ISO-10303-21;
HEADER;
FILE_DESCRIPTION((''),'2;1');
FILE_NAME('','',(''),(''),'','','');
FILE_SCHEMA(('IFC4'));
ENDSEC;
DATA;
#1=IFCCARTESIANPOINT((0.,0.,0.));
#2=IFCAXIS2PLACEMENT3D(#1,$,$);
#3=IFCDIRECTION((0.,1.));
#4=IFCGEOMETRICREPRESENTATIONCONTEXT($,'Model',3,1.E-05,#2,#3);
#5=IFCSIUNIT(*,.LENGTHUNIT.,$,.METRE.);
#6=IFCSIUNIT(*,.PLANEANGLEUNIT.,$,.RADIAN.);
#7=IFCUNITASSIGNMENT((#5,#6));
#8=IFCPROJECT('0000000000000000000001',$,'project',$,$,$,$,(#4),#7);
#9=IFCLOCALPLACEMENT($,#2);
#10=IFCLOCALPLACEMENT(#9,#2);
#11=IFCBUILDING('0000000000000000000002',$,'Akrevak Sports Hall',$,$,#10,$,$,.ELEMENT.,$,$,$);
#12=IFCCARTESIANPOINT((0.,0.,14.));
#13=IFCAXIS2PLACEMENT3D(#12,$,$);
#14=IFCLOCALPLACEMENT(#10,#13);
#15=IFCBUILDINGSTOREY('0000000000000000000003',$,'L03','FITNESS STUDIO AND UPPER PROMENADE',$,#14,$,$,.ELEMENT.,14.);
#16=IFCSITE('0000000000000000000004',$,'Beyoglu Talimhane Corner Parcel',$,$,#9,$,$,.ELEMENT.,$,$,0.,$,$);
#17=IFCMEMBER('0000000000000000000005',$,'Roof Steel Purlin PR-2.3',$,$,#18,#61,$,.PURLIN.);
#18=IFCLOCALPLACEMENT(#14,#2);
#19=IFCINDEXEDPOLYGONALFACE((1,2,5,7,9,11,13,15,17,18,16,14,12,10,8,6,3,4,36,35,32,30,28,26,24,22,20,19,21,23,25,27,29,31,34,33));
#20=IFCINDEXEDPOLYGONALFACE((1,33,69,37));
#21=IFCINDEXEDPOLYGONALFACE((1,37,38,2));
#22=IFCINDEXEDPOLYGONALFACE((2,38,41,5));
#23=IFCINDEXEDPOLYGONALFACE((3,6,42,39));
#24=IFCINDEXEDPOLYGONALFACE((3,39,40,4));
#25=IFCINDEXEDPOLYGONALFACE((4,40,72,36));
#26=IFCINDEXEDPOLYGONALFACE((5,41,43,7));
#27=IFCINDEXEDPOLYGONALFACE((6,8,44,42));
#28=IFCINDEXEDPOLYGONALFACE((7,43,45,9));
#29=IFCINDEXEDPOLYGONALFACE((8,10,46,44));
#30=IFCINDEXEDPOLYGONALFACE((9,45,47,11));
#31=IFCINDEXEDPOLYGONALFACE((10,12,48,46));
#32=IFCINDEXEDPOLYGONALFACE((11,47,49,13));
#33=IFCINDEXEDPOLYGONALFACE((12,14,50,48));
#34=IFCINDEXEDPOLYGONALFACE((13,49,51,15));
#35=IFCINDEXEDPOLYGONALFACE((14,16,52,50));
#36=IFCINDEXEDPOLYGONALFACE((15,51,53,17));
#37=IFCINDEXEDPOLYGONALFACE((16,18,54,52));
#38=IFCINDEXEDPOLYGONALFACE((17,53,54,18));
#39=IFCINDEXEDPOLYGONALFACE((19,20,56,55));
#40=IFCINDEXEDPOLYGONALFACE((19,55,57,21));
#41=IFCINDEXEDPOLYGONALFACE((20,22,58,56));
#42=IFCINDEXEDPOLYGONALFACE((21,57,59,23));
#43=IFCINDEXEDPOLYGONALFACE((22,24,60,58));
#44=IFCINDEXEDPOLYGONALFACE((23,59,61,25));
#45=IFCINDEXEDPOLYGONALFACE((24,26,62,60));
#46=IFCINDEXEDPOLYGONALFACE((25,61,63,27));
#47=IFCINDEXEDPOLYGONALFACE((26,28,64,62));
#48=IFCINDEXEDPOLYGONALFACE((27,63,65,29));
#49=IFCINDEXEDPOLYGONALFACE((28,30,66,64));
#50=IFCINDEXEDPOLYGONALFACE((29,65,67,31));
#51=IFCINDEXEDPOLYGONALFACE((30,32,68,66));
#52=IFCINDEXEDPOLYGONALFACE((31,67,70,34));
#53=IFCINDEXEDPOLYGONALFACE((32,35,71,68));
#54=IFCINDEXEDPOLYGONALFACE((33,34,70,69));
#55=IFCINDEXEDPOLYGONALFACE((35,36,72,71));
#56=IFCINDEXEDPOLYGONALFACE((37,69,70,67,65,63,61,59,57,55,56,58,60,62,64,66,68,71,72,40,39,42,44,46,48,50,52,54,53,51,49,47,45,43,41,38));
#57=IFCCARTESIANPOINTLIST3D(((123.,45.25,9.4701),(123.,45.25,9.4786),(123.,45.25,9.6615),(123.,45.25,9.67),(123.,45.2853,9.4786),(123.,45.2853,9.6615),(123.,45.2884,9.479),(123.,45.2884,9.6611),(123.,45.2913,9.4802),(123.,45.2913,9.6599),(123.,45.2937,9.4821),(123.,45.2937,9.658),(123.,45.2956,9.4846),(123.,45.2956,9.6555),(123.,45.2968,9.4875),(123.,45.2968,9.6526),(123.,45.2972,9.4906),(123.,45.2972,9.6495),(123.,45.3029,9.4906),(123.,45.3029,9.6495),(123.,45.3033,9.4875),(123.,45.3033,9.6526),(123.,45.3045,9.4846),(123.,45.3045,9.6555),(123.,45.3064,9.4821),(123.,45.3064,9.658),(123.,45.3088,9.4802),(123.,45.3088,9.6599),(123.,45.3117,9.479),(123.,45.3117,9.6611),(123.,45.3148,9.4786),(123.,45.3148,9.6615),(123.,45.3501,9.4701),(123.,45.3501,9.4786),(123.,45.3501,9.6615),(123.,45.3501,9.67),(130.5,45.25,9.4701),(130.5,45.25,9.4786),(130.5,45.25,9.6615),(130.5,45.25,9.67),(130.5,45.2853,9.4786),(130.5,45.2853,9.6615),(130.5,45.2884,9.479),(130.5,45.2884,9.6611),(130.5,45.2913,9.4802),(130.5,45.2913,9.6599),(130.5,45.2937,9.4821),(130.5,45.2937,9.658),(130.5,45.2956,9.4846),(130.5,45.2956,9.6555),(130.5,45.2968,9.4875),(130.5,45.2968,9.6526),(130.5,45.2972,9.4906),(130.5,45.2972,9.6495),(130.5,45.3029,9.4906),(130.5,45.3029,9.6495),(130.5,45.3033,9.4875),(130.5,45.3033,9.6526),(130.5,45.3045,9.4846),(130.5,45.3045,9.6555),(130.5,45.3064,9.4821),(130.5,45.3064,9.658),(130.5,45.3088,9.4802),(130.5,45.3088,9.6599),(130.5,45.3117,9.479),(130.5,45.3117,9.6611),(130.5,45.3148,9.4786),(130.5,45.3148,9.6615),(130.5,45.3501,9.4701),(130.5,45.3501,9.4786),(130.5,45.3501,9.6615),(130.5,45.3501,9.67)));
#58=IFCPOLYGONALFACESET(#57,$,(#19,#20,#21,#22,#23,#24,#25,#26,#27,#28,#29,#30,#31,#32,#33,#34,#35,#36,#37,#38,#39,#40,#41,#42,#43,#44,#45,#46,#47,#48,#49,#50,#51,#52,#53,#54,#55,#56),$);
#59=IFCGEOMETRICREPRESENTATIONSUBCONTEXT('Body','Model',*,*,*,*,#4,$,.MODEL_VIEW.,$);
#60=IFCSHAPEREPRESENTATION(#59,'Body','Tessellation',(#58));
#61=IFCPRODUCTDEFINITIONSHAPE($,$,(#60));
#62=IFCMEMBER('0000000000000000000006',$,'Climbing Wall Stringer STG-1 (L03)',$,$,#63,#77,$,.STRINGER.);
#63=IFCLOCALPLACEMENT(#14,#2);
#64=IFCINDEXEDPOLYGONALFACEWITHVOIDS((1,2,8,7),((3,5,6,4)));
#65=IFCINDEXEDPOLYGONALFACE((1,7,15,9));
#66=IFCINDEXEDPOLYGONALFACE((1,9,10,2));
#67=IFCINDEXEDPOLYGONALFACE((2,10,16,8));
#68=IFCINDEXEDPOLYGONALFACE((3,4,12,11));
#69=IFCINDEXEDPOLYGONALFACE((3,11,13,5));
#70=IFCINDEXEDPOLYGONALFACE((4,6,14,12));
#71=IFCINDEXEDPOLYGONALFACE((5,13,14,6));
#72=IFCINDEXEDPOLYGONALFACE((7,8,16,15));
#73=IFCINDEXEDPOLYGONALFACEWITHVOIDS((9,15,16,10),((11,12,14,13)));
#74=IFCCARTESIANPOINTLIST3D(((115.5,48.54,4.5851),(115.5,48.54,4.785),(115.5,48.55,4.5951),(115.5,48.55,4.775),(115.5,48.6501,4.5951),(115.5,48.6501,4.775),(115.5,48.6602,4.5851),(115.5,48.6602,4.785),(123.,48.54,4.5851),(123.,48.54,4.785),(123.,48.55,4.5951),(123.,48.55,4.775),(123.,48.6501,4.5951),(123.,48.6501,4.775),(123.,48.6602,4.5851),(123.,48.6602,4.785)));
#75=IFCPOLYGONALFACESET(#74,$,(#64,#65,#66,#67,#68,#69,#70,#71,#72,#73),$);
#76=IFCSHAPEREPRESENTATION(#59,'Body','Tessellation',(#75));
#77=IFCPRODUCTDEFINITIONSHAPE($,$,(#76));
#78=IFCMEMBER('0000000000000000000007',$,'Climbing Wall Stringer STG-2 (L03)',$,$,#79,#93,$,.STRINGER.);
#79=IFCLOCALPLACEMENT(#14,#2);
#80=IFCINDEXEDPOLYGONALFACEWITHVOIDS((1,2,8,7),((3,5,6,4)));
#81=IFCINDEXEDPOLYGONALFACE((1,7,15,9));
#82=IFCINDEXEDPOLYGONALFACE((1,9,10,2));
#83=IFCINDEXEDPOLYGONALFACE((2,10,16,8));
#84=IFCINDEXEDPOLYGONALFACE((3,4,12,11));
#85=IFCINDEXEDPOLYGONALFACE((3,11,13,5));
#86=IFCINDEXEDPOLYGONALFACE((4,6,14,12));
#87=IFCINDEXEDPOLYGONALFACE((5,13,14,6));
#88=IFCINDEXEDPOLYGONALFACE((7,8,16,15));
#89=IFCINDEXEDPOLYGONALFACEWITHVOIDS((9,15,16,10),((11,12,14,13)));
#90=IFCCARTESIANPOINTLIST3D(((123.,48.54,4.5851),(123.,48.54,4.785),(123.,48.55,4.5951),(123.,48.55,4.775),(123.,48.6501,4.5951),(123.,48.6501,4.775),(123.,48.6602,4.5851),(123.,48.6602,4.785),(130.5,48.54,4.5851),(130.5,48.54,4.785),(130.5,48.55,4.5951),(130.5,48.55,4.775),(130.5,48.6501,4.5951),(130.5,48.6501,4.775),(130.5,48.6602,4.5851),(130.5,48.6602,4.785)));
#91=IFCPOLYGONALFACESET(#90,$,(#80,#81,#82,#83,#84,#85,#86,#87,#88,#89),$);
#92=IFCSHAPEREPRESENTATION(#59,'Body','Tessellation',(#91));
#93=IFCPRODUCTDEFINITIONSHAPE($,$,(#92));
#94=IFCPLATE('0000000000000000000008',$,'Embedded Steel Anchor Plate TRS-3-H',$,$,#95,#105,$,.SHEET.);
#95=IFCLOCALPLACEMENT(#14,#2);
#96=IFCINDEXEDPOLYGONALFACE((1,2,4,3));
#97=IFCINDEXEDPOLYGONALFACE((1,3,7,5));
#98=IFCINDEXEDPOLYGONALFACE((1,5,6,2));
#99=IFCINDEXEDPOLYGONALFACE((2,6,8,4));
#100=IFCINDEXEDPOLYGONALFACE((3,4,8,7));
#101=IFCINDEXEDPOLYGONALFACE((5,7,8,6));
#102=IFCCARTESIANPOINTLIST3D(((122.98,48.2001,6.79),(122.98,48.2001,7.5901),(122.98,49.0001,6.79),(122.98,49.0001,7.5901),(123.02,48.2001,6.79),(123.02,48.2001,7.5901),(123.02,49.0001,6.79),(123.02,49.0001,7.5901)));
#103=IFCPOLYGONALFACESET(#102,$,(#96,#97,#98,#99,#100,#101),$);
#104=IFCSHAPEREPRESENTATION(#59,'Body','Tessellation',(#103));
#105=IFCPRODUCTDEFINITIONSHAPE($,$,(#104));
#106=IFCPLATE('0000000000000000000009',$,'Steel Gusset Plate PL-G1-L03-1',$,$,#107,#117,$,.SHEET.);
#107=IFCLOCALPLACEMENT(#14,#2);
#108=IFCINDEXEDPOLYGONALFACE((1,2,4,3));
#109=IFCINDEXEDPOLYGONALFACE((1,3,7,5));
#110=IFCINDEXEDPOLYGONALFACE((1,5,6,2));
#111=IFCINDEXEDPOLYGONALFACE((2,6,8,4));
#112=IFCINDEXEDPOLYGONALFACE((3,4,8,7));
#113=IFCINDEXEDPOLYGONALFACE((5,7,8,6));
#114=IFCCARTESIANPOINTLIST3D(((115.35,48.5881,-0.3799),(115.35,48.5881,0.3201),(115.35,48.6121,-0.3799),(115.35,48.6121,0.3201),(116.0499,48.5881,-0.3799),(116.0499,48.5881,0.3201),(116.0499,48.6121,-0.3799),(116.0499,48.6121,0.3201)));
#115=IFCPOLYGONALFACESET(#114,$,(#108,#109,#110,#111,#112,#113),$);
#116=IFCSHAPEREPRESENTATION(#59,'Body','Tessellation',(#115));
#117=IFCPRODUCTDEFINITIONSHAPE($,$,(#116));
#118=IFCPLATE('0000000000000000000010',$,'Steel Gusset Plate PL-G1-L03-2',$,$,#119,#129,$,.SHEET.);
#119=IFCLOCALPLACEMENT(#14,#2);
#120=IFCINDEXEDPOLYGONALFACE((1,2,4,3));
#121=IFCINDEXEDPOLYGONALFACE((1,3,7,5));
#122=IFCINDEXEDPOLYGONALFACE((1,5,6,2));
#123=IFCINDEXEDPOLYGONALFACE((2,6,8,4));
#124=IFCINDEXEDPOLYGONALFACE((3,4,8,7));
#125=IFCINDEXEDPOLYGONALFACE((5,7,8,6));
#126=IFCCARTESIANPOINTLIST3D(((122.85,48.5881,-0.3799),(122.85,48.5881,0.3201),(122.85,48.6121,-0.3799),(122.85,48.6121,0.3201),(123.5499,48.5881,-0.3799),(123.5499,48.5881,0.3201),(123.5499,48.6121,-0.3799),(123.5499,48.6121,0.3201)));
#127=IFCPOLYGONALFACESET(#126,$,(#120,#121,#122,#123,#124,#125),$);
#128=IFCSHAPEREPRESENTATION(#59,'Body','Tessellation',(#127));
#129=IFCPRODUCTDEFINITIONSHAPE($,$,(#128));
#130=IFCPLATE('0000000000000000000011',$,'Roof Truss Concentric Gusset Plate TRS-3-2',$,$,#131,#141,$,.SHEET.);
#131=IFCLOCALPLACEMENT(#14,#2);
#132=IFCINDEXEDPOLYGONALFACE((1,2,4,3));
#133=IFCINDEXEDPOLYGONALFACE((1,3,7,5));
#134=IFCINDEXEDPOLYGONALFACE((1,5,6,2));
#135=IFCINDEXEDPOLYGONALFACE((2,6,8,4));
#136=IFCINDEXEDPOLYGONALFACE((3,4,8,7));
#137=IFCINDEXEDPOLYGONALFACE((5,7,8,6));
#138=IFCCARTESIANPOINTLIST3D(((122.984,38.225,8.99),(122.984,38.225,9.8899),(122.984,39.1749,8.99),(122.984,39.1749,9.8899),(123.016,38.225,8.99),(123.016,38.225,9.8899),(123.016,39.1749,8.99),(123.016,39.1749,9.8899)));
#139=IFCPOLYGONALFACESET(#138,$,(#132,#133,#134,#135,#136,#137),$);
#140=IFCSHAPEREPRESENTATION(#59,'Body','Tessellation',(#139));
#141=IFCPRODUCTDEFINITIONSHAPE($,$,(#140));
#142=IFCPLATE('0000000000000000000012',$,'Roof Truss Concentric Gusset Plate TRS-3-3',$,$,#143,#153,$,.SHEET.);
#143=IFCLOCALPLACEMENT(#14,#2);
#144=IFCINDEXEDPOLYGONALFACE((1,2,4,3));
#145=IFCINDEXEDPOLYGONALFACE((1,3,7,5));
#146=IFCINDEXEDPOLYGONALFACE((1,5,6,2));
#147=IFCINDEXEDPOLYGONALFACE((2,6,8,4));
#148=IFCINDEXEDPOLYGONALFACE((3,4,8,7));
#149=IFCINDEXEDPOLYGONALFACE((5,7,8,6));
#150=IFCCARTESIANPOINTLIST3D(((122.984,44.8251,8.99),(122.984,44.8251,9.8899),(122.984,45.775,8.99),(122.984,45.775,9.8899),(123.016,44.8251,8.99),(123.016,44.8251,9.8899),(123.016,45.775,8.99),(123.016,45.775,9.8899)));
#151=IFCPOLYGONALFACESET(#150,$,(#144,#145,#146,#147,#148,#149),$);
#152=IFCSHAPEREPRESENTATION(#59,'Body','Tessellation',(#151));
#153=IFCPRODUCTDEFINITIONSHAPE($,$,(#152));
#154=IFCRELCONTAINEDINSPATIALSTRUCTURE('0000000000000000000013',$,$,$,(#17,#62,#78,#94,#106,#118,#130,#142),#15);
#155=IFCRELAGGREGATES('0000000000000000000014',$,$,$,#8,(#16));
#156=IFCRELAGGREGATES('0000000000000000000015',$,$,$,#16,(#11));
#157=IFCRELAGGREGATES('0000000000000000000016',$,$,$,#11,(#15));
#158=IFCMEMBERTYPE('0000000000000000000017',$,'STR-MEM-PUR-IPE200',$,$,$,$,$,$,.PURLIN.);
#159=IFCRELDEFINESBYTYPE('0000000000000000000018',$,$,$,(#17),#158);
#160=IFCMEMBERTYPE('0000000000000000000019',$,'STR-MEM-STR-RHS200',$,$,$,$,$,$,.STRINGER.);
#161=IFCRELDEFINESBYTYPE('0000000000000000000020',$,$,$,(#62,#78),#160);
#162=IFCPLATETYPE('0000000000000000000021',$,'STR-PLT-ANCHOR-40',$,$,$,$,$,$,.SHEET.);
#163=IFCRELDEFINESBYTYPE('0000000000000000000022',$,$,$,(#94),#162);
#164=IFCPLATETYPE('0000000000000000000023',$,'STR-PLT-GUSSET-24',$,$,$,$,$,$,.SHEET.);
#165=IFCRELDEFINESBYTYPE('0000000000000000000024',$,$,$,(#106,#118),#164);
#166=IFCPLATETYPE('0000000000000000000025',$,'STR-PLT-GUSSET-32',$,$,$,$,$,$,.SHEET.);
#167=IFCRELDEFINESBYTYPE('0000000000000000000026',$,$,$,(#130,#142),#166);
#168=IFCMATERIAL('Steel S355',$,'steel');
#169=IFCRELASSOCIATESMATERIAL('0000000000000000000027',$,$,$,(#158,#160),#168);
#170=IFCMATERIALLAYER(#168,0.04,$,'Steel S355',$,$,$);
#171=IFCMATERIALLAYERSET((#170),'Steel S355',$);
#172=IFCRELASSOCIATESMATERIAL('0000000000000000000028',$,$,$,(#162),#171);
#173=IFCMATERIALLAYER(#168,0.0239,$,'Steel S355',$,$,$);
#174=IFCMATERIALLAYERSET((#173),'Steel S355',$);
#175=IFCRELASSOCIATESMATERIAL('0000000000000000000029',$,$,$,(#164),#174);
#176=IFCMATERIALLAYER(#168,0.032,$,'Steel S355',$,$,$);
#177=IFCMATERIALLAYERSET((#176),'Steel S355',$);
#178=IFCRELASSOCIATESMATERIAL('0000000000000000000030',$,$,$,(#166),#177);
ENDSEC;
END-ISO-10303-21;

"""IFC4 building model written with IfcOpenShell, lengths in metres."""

from ifc_helpers import new_model, si_unit, direction, frame, origin, origin_2d, place, context, subcontext, project, spatial, rectangle, hollow_rectangle, i_section, extrude, material, layer, layer_set, material_profile, profile_set, type_object, element, save


model = new_model("IFC4")

# Units and contexts
model_context = context("Model", 3, precision=1e-05, world=origin(), true_north=direction((0.0, 1.0)))
body_context = subcontext(model_context, "Body", "Model", "MODEL_VIEW")
ifc_project = project(units=[si_unit("LENGTHUNIT", "METRE"), si_unit("PLANEANGLEUNIT", "RADIAN")], contexts=[model_context])

# Site, building, storey
site_placement = place(None, origin())
site = spatial("IfcSite", under=ifc_project, at=site_placement, Name="Beyoglu Talimhane Corner Parcel", CompositionType="ELEMENT", RefElevation=0.0)
building_placement = place(site_placement, origin())
building = spatial("IfcBuilding", under=site, at=building_placement, Name="Akrevak Sports Hall", CompositionType="ELEMENT")
storey_placement = place(building_placement, frame((0.0, 0.0, 14.0)))
storey = spatial("IfcBuildingStorey", under=building, at=storey_placement, Name="L03", Description="FITNESS STUDIO AND UPPER PROMENADE", CompositionType="ELEMENT", Elevation=14.0)

# Shared definitions
ifc_material_1 = material(Name="Steel S355", Category="steel")

# Members
ifc_material_profile_1 = material_profile(ifc_material_1, i_section(OverallWidth=0.1001, OverallDepth=0.2, WebThickness=0.0056, FlangeThickness=0.0085, FilletRadius=0.012, at=origin_2d()), Name="IPE 200", Category="steel")
ifc_profile_set_1 = profile_set([ifc_material_profile_1], Name="Steel S355")
member_type_1 = type_object("IfcMemberType", Name="STR-MEM-PUR-IPE200", PredefinedType="PURLIN", material=ifc_profile_set_1)
for number, where, z_axis, x_axis, name in (
    (1, (123.0, 45.3, 9.5701), (1.0, 0.0, 0.0), (0.0, 1.0, 0.0), "Roof Steel Purlin PR-2.3"),
):
    element("IfcMember", number, at=place(storey_placement, frame(where, z_axis=z_axis, x_axis=x_axis)), inside=storey, type_object=member_type_1, Name=name, PredefinedType="PURLIN", context=body_context, shape_type="SweptSolid", body=[
        extrude(i_section(OverallWidth=0.1001, OverallDepth=0.2, WebThickness=0.0056, FlangeThickness=0.0085, FilletRadius=0.012, at=origin_2d()), origin(), (0.0, 0.0, 1.0), 7.5),
    ])
ifc_material_profile_2 = material_profile(ifc_material_1, hollow_rectangle(XDim=0.1201, YDim=0.2, WallThickness=0.01, at=origin_2d()), Name="RHS 200x120x10", Category="steel")
ifc_profile_set_2 = profile_set([ifc_material_profile_2], Name="Steel S355")
member_type_2 = type_object("IfcMemberType", Name="STR-MEM-STR-RHS200", PredefinedType="STRINGER", material=ifc_profile_set_2)
for number, where, z_axis, x_axis, name in (
    (2, (115.5, 48.6001, 4.6851), (1.0, 0.0, 0.0), (0.0, 1.0, 0.0), "Climbing Wall Stringer STG-1 (L03)"),
    (3, (123.0, 48.6001, 4.6851), (1.0, 0.0, 0.0), (0.0, 1.0, 0.0), "Climbing Wall Stringer STG-2 (L03)"),
):
    element("IfcMember", number, at=place(storey_placement, frame(where, z_axis=z_axis, x_axis=x_axis)), inside=storey, type_object=member_type_2, Name=name, PredefinedType="STRINGER", context=body_context, shape_type="SweptSolid", body=[
        extrude(hollow_rectangle(XDim=0.1201, YDim=0.2, WallThickness=0.01, at=origin_2d()), origin(), (0.0, 0.0, 1.0), 7.5),
    ])

# Plates
ifc_layer_1 = layer(ifc_material_1, 0.04, Name="Steel S355")
ifc_layer_set_1 = layer_set([ifc_layer_1], Name="Steel S355")
plate_type_1 = type_object("IfcPlateType", Name="STR-PLT-ANCHOR-40", PredefinedType="SHEET", material=ifc_layer_set_1)
plate_placement = place(storey_placement, frame((123.0, 48.6001, 6.79), z_axis=(0.0, 0.0, 1.0), x_axis=(0.0, 1.0, 0.0)))
element("IfcPlate", 4, at=plate_placement, inside=storey, type_object=plate_type_1, Name="Embedded Steel Anchor Plate TRS-3-H", PredefinedType="SHEET", context=body_context, shape_type="SweptSolid", body=[
    extrude(rectangle(XDim=0.8, YDim=0.04, at=origin_2d()), origin(), (0.0, 0.0, 1.0), 0.8),
])
ifc_layer_2 = layer(ifc_material_1, 0.0239, Name="Steel S355")
ifc_layer_set_2 = layer_set([ifc_layer_2], Name="Steel S355")
plate_type_2 = type_object("IfcPlateType", Name="STR-PLT-GUSSET-24", PredefinedType="SHEET", material=ifc_layer_set_2)
for number, where, z_axis, x_axis, name in (
    (5, (115.7, 48.6001, -0.3799), (0.0, 0.0, 1.0), (1.0, 0.0, 0.0), "Steel Gusset Plate PL-G1-L03-1"),
    (6, (123.2, 48.6001, -0.3799), (0.0, 0.0, 1.0), (1.0, 0.0, 0.0), "Steel Gusset Plate PL-G1-L03-2"),
):
    element("IfcPlate", number, at=place(storey_placement, frame(where, z_axis=z_axis, x_axis=x_axis)), inside=storey, type_object=plate_type_2, Name=name, PredefinedType="SHEET", context=body_context, shape_type="SweptSolid", body=[
        extrude(rectangle(XDim=0.7, YDim=0.0239, at=origin_2d()), origin(), (0.0, 0.0, 1.0), 0.7),
    ])
ifc_layer_3 = layer(ifc_material_1, 0.032, Name="Steel S355")
ifc_layer_set_3 = layer_set([ifc_layer_3], Name="Steel S355")
plate_type_3 = type_object("IfcPlateType", Name="STR-PLT-GUSSET-32", PredefinedType="SHEET", material=ifc_layer_set_3)
for number, where, z_axis, x_axis, name in (
    (7, (123.0, 38.7, 8.99), (0.0, 0.0, 1.0), (1.0, 0.0, 0.0), "Roof Truss Concentric Gusset Plate TRS-3-2"),
    (8, (123.0, 45.3, 8.99), (0.0, 0.0, 1.0), (1.0, 0.0, 0.0), "Roof Truss Concentric Gusset Plate TRS-3-3"),
):
    element("IfcPlate", number, at=place(storey_placement, frame(where, z_axis=z_axis, x_axis=x_axis)), inside=storey, type_object=plate_type_3, Name=name, PredefinedType="SHEET", context=body_context, shape_type="SweptSolid", body=[
        extrude(rectangle(XDim=0.032, YDim=0.95, at=origin_2d()), origin(), (0.0, 0.0, 1.0), 0.8999),
    ])

save(model, "model.ifc")
